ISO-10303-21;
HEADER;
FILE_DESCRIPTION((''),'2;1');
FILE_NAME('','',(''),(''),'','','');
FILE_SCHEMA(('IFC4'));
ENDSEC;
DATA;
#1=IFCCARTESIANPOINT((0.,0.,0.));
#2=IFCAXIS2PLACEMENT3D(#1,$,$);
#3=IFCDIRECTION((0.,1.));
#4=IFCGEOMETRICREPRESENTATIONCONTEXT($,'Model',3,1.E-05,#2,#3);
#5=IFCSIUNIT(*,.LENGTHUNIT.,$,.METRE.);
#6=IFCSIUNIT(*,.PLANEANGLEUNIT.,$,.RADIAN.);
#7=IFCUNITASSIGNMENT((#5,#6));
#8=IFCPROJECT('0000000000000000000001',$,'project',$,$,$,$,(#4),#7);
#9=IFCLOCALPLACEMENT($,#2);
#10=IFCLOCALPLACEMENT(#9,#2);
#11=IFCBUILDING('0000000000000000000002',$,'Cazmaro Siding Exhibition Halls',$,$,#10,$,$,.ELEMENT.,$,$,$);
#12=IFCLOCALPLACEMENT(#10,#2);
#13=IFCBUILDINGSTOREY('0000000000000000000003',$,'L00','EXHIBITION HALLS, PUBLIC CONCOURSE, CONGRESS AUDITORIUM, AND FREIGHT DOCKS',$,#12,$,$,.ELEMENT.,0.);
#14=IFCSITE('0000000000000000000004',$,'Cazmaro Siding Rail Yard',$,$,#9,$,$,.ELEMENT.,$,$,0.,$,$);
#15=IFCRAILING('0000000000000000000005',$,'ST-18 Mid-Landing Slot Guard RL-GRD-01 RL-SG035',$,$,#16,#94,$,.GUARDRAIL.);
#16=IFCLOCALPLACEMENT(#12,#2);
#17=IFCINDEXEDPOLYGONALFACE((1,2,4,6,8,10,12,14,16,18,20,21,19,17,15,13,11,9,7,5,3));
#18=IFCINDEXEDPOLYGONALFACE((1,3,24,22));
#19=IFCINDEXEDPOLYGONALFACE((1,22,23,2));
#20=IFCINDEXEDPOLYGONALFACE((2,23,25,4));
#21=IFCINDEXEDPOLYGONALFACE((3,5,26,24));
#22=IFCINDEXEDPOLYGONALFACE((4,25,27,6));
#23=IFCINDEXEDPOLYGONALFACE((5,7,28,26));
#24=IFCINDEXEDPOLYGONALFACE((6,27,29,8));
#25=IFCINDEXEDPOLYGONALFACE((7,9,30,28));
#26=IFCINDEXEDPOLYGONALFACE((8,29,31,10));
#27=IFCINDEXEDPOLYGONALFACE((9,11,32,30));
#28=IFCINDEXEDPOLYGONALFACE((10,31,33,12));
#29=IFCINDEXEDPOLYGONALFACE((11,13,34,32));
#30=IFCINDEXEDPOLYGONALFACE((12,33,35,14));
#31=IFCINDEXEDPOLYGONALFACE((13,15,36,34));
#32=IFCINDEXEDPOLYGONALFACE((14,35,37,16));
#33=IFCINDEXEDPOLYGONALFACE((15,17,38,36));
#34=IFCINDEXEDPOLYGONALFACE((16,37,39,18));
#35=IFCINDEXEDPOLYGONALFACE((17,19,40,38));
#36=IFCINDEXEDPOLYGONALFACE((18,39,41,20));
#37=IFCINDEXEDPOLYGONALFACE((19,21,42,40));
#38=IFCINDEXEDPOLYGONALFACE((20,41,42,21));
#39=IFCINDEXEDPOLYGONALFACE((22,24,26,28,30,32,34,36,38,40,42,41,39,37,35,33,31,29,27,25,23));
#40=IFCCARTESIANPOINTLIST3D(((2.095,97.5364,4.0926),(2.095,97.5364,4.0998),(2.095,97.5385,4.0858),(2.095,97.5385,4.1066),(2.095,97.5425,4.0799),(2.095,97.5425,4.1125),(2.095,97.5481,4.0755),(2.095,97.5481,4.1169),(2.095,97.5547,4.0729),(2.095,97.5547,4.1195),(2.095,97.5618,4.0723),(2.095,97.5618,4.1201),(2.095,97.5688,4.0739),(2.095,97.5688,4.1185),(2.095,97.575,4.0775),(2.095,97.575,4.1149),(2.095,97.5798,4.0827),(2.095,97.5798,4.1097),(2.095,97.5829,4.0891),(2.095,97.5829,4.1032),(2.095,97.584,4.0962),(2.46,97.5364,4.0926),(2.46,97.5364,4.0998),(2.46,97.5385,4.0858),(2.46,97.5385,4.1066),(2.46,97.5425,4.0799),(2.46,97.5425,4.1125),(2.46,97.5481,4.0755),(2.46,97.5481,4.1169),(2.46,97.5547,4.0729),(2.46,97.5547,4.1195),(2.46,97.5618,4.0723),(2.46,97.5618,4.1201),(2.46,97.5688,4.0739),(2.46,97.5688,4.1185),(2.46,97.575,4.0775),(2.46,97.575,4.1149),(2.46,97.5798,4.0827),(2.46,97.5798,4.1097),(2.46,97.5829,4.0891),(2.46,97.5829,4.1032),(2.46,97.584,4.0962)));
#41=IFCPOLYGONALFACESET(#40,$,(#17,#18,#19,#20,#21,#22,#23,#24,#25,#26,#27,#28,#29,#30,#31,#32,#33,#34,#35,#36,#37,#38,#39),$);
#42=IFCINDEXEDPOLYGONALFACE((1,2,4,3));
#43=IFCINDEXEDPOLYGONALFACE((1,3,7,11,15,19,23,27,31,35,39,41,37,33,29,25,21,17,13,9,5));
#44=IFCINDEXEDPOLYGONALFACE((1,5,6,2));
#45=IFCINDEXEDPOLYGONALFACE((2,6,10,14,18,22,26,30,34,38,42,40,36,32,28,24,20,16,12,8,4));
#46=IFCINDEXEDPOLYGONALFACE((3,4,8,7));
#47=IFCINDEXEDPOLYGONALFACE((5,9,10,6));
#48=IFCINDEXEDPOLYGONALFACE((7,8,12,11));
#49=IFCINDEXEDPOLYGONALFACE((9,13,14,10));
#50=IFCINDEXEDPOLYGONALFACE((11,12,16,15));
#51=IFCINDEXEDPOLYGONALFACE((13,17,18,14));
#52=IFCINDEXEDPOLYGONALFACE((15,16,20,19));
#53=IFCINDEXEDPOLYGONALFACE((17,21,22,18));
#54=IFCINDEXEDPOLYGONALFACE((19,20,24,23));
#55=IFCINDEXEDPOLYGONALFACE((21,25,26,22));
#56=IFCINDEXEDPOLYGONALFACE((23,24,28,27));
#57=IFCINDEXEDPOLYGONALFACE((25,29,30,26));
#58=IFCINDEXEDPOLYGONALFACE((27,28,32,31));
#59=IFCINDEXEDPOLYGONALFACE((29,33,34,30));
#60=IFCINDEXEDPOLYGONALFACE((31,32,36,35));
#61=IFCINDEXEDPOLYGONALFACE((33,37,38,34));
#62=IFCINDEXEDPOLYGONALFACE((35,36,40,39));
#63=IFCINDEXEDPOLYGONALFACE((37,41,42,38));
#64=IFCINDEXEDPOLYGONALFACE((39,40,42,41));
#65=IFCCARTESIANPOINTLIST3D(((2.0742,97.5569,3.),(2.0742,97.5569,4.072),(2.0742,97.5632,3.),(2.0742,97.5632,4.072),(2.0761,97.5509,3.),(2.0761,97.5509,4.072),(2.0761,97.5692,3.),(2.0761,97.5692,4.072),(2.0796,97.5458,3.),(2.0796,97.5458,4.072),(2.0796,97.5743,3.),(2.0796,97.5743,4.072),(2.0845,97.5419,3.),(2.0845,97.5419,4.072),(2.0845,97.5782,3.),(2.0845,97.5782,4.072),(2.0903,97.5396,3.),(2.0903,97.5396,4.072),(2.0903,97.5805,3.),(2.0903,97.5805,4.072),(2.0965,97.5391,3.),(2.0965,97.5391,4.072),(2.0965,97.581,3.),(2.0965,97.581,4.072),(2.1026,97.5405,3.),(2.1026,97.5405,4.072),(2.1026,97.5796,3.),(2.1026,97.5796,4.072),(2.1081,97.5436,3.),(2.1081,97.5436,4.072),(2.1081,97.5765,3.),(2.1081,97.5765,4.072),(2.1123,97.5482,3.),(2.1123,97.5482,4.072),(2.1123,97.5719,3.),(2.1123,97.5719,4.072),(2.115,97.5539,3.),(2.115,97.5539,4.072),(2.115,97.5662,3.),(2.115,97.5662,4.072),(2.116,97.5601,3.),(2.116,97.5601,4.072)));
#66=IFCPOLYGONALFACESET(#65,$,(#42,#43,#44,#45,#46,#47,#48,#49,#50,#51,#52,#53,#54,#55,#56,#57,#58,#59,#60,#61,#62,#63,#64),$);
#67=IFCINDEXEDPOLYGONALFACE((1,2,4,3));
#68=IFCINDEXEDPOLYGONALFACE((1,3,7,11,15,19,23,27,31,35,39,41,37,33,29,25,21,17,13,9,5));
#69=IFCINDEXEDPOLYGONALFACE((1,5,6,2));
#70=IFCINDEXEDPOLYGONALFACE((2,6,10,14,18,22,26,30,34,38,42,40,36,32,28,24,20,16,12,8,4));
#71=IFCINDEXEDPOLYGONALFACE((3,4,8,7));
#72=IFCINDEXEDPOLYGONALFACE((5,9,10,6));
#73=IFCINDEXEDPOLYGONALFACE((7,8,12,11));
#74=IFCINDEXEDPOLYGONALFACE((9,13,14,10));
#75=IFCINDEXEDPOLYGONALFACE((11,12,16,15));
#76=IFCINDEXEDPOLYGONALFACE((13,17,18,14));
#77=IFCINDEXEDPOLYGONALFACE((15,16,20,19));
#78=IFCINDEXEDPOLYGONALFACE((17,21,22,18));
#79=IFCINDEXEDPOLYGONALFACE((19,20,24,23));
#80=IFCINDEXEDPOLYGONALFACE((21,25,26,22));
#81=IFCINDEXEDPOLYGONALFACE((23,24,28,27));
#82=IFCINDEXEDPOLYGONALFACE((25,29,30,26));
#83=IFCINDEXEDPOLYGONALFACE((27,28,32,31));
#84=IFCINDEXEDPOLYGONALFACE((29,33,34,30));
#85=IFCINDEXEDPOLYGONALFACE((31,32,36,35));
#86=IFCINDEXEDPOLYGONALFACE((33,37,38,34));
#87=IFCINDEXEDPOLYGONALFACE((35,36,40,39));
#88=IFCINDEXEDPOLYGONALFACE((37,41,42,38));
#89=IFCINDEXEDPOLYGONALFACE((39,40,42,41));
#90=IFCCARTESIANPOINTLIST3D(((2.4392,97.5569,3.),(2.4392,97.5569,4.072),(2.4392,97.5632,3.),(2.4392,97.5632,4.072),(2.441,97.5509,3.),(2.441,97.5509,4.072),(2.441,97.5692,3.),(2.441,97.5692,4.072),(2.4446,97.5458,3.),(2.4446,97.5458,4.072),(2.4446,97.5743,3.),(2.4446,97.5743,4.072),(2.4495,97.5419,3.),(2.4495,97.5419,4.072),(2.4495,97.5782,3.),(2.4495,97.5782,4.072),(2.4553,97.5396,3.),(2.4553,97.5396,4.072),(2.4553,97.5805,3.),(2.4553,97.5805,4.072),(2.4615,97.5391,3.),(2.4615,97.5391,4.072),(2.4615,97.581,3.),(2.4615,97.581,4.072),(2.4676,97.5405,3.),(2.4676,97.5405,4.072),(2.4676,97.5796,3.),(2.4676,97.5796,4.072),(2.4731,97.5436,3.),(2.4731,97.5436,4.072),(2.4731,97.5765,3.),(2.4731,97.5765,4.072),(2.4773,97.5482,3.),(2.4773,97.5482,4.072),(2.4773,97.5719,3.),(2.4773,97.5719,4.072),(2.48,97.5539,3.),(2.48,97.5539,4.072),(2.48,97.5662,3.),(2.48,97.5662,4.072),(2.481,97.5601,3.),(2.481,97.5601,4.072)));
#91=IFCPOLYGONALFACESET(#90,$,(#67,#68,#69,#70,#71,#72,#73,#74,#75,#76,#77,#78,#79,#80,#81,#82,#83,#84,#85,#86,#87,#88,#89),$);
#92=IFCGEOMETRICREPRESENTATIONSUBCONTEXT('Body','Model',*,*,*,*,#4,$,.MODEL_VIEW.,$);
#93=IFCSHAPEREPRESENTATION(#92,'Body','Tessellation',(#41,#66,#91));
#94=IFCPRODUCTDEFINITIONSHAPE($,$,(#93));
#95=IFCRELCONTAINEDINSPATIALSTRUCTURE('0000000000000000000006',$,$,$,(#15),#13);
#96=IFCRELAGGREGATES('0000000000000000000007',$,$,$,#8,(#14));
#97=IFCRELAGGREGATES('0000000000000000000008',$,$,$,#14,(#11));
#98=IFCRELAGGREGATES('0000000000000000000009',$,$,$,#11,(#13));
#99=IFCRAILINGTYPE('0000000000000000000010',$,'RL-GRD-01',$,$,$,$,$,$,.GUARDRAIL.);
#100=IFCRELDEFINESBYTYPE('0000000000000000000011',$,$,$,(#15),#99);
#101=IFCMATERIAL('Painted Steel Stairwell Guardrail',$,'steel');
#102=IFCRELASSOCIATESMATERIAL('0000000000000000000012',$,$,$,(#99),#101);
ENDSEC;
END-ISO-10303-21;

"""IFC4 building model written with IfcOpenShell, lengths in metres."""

from ifc_helpers import new_model, si_unit, direction, frame, origin, origin_2d, place, context, subcontext, project, spatial, circle, extrude, material, type_object, element, save


model = new_model("IFC4")

# Units and contexts
model_context = context("Model", 3, precision=1e-05, world=origin(), true_north=direction((0.0, 1.0)))
body_context = subcontext(model_context, "Body", "Model", "MODEL_VIEW")
ifc_project = project(units=[si_unit("LENGTHUNIT", "METRE"), si_unit("PLANEANGLEUNIT", "RADIAN")], contexts=[model_context])

# Site, building, storey
site_placement = place(None, origin())
site = spatial("IfcSite", under=ifc_project, at=site_placement, Name="Cazmaro Siding Rail Yard", CompositionType="ELEMENT", RefElevation=0.0)
building_placement = place(site_placement, origin())
building = spatial("IfcBuilding", under=site, at=building_placement, Name="Cazmaro Siding Exhibition Halls", CompositionType="ELEMENT")
storey_placement = place(building_placement, origin())
storey = spatial("IfcBuildingStorey", under=building, at=storey_placement, Name="L00", Description="EXHIBITION HALLS, PUBLIC CONCOURSE, CONGRESS AUDITORIUM, AND FREIGHT DOCKS", CompositionType="ELEMENT", Elevation=0.0)

# Railing
ifc_material_1 = material(Name="Painted Steel Stairwell Guardrail", Category="steel")
railing_type_1 = type_object("IfcRailingType", Name="RL-GRD-01", PredefinedType="GUARDRAIL", material=ifc_material_1)
railing_placement = place(storey_placement, frame((2.095, 97.5601, 3.0)))
element("IfcRailing", 1, at=railing_placement, inside=storey, type_object=railing_type_1, Name="ST-18 Mid-Landing Slot Guard RL-GRD-01 RL-SG035", PredefinedType="GUARDRAIL", context=body_context, shape_type="SweptSolid", body=[
    extrude(circle(Radius=0.0239, at=origin_2d()), frame((0.0, 0.0, 1.0962), z_axis=(1.0, 0.0, 0.0), x_axis=(0.0, 1.0, 0.0)), (0.0, 0.0, 1.0), 0.365),
    extrude(circle(Radius=0.021, at=origin_2d()), origin(), (0.0, 0.0, 1.0), 1.072),
    extrude(circle(Radius=0.021, at=origin_2d()), frame((0.365, 0.0, 0.0)), (0.0, 0.0, 1.0), 1.072),
])

save(model, "model.ifc")
